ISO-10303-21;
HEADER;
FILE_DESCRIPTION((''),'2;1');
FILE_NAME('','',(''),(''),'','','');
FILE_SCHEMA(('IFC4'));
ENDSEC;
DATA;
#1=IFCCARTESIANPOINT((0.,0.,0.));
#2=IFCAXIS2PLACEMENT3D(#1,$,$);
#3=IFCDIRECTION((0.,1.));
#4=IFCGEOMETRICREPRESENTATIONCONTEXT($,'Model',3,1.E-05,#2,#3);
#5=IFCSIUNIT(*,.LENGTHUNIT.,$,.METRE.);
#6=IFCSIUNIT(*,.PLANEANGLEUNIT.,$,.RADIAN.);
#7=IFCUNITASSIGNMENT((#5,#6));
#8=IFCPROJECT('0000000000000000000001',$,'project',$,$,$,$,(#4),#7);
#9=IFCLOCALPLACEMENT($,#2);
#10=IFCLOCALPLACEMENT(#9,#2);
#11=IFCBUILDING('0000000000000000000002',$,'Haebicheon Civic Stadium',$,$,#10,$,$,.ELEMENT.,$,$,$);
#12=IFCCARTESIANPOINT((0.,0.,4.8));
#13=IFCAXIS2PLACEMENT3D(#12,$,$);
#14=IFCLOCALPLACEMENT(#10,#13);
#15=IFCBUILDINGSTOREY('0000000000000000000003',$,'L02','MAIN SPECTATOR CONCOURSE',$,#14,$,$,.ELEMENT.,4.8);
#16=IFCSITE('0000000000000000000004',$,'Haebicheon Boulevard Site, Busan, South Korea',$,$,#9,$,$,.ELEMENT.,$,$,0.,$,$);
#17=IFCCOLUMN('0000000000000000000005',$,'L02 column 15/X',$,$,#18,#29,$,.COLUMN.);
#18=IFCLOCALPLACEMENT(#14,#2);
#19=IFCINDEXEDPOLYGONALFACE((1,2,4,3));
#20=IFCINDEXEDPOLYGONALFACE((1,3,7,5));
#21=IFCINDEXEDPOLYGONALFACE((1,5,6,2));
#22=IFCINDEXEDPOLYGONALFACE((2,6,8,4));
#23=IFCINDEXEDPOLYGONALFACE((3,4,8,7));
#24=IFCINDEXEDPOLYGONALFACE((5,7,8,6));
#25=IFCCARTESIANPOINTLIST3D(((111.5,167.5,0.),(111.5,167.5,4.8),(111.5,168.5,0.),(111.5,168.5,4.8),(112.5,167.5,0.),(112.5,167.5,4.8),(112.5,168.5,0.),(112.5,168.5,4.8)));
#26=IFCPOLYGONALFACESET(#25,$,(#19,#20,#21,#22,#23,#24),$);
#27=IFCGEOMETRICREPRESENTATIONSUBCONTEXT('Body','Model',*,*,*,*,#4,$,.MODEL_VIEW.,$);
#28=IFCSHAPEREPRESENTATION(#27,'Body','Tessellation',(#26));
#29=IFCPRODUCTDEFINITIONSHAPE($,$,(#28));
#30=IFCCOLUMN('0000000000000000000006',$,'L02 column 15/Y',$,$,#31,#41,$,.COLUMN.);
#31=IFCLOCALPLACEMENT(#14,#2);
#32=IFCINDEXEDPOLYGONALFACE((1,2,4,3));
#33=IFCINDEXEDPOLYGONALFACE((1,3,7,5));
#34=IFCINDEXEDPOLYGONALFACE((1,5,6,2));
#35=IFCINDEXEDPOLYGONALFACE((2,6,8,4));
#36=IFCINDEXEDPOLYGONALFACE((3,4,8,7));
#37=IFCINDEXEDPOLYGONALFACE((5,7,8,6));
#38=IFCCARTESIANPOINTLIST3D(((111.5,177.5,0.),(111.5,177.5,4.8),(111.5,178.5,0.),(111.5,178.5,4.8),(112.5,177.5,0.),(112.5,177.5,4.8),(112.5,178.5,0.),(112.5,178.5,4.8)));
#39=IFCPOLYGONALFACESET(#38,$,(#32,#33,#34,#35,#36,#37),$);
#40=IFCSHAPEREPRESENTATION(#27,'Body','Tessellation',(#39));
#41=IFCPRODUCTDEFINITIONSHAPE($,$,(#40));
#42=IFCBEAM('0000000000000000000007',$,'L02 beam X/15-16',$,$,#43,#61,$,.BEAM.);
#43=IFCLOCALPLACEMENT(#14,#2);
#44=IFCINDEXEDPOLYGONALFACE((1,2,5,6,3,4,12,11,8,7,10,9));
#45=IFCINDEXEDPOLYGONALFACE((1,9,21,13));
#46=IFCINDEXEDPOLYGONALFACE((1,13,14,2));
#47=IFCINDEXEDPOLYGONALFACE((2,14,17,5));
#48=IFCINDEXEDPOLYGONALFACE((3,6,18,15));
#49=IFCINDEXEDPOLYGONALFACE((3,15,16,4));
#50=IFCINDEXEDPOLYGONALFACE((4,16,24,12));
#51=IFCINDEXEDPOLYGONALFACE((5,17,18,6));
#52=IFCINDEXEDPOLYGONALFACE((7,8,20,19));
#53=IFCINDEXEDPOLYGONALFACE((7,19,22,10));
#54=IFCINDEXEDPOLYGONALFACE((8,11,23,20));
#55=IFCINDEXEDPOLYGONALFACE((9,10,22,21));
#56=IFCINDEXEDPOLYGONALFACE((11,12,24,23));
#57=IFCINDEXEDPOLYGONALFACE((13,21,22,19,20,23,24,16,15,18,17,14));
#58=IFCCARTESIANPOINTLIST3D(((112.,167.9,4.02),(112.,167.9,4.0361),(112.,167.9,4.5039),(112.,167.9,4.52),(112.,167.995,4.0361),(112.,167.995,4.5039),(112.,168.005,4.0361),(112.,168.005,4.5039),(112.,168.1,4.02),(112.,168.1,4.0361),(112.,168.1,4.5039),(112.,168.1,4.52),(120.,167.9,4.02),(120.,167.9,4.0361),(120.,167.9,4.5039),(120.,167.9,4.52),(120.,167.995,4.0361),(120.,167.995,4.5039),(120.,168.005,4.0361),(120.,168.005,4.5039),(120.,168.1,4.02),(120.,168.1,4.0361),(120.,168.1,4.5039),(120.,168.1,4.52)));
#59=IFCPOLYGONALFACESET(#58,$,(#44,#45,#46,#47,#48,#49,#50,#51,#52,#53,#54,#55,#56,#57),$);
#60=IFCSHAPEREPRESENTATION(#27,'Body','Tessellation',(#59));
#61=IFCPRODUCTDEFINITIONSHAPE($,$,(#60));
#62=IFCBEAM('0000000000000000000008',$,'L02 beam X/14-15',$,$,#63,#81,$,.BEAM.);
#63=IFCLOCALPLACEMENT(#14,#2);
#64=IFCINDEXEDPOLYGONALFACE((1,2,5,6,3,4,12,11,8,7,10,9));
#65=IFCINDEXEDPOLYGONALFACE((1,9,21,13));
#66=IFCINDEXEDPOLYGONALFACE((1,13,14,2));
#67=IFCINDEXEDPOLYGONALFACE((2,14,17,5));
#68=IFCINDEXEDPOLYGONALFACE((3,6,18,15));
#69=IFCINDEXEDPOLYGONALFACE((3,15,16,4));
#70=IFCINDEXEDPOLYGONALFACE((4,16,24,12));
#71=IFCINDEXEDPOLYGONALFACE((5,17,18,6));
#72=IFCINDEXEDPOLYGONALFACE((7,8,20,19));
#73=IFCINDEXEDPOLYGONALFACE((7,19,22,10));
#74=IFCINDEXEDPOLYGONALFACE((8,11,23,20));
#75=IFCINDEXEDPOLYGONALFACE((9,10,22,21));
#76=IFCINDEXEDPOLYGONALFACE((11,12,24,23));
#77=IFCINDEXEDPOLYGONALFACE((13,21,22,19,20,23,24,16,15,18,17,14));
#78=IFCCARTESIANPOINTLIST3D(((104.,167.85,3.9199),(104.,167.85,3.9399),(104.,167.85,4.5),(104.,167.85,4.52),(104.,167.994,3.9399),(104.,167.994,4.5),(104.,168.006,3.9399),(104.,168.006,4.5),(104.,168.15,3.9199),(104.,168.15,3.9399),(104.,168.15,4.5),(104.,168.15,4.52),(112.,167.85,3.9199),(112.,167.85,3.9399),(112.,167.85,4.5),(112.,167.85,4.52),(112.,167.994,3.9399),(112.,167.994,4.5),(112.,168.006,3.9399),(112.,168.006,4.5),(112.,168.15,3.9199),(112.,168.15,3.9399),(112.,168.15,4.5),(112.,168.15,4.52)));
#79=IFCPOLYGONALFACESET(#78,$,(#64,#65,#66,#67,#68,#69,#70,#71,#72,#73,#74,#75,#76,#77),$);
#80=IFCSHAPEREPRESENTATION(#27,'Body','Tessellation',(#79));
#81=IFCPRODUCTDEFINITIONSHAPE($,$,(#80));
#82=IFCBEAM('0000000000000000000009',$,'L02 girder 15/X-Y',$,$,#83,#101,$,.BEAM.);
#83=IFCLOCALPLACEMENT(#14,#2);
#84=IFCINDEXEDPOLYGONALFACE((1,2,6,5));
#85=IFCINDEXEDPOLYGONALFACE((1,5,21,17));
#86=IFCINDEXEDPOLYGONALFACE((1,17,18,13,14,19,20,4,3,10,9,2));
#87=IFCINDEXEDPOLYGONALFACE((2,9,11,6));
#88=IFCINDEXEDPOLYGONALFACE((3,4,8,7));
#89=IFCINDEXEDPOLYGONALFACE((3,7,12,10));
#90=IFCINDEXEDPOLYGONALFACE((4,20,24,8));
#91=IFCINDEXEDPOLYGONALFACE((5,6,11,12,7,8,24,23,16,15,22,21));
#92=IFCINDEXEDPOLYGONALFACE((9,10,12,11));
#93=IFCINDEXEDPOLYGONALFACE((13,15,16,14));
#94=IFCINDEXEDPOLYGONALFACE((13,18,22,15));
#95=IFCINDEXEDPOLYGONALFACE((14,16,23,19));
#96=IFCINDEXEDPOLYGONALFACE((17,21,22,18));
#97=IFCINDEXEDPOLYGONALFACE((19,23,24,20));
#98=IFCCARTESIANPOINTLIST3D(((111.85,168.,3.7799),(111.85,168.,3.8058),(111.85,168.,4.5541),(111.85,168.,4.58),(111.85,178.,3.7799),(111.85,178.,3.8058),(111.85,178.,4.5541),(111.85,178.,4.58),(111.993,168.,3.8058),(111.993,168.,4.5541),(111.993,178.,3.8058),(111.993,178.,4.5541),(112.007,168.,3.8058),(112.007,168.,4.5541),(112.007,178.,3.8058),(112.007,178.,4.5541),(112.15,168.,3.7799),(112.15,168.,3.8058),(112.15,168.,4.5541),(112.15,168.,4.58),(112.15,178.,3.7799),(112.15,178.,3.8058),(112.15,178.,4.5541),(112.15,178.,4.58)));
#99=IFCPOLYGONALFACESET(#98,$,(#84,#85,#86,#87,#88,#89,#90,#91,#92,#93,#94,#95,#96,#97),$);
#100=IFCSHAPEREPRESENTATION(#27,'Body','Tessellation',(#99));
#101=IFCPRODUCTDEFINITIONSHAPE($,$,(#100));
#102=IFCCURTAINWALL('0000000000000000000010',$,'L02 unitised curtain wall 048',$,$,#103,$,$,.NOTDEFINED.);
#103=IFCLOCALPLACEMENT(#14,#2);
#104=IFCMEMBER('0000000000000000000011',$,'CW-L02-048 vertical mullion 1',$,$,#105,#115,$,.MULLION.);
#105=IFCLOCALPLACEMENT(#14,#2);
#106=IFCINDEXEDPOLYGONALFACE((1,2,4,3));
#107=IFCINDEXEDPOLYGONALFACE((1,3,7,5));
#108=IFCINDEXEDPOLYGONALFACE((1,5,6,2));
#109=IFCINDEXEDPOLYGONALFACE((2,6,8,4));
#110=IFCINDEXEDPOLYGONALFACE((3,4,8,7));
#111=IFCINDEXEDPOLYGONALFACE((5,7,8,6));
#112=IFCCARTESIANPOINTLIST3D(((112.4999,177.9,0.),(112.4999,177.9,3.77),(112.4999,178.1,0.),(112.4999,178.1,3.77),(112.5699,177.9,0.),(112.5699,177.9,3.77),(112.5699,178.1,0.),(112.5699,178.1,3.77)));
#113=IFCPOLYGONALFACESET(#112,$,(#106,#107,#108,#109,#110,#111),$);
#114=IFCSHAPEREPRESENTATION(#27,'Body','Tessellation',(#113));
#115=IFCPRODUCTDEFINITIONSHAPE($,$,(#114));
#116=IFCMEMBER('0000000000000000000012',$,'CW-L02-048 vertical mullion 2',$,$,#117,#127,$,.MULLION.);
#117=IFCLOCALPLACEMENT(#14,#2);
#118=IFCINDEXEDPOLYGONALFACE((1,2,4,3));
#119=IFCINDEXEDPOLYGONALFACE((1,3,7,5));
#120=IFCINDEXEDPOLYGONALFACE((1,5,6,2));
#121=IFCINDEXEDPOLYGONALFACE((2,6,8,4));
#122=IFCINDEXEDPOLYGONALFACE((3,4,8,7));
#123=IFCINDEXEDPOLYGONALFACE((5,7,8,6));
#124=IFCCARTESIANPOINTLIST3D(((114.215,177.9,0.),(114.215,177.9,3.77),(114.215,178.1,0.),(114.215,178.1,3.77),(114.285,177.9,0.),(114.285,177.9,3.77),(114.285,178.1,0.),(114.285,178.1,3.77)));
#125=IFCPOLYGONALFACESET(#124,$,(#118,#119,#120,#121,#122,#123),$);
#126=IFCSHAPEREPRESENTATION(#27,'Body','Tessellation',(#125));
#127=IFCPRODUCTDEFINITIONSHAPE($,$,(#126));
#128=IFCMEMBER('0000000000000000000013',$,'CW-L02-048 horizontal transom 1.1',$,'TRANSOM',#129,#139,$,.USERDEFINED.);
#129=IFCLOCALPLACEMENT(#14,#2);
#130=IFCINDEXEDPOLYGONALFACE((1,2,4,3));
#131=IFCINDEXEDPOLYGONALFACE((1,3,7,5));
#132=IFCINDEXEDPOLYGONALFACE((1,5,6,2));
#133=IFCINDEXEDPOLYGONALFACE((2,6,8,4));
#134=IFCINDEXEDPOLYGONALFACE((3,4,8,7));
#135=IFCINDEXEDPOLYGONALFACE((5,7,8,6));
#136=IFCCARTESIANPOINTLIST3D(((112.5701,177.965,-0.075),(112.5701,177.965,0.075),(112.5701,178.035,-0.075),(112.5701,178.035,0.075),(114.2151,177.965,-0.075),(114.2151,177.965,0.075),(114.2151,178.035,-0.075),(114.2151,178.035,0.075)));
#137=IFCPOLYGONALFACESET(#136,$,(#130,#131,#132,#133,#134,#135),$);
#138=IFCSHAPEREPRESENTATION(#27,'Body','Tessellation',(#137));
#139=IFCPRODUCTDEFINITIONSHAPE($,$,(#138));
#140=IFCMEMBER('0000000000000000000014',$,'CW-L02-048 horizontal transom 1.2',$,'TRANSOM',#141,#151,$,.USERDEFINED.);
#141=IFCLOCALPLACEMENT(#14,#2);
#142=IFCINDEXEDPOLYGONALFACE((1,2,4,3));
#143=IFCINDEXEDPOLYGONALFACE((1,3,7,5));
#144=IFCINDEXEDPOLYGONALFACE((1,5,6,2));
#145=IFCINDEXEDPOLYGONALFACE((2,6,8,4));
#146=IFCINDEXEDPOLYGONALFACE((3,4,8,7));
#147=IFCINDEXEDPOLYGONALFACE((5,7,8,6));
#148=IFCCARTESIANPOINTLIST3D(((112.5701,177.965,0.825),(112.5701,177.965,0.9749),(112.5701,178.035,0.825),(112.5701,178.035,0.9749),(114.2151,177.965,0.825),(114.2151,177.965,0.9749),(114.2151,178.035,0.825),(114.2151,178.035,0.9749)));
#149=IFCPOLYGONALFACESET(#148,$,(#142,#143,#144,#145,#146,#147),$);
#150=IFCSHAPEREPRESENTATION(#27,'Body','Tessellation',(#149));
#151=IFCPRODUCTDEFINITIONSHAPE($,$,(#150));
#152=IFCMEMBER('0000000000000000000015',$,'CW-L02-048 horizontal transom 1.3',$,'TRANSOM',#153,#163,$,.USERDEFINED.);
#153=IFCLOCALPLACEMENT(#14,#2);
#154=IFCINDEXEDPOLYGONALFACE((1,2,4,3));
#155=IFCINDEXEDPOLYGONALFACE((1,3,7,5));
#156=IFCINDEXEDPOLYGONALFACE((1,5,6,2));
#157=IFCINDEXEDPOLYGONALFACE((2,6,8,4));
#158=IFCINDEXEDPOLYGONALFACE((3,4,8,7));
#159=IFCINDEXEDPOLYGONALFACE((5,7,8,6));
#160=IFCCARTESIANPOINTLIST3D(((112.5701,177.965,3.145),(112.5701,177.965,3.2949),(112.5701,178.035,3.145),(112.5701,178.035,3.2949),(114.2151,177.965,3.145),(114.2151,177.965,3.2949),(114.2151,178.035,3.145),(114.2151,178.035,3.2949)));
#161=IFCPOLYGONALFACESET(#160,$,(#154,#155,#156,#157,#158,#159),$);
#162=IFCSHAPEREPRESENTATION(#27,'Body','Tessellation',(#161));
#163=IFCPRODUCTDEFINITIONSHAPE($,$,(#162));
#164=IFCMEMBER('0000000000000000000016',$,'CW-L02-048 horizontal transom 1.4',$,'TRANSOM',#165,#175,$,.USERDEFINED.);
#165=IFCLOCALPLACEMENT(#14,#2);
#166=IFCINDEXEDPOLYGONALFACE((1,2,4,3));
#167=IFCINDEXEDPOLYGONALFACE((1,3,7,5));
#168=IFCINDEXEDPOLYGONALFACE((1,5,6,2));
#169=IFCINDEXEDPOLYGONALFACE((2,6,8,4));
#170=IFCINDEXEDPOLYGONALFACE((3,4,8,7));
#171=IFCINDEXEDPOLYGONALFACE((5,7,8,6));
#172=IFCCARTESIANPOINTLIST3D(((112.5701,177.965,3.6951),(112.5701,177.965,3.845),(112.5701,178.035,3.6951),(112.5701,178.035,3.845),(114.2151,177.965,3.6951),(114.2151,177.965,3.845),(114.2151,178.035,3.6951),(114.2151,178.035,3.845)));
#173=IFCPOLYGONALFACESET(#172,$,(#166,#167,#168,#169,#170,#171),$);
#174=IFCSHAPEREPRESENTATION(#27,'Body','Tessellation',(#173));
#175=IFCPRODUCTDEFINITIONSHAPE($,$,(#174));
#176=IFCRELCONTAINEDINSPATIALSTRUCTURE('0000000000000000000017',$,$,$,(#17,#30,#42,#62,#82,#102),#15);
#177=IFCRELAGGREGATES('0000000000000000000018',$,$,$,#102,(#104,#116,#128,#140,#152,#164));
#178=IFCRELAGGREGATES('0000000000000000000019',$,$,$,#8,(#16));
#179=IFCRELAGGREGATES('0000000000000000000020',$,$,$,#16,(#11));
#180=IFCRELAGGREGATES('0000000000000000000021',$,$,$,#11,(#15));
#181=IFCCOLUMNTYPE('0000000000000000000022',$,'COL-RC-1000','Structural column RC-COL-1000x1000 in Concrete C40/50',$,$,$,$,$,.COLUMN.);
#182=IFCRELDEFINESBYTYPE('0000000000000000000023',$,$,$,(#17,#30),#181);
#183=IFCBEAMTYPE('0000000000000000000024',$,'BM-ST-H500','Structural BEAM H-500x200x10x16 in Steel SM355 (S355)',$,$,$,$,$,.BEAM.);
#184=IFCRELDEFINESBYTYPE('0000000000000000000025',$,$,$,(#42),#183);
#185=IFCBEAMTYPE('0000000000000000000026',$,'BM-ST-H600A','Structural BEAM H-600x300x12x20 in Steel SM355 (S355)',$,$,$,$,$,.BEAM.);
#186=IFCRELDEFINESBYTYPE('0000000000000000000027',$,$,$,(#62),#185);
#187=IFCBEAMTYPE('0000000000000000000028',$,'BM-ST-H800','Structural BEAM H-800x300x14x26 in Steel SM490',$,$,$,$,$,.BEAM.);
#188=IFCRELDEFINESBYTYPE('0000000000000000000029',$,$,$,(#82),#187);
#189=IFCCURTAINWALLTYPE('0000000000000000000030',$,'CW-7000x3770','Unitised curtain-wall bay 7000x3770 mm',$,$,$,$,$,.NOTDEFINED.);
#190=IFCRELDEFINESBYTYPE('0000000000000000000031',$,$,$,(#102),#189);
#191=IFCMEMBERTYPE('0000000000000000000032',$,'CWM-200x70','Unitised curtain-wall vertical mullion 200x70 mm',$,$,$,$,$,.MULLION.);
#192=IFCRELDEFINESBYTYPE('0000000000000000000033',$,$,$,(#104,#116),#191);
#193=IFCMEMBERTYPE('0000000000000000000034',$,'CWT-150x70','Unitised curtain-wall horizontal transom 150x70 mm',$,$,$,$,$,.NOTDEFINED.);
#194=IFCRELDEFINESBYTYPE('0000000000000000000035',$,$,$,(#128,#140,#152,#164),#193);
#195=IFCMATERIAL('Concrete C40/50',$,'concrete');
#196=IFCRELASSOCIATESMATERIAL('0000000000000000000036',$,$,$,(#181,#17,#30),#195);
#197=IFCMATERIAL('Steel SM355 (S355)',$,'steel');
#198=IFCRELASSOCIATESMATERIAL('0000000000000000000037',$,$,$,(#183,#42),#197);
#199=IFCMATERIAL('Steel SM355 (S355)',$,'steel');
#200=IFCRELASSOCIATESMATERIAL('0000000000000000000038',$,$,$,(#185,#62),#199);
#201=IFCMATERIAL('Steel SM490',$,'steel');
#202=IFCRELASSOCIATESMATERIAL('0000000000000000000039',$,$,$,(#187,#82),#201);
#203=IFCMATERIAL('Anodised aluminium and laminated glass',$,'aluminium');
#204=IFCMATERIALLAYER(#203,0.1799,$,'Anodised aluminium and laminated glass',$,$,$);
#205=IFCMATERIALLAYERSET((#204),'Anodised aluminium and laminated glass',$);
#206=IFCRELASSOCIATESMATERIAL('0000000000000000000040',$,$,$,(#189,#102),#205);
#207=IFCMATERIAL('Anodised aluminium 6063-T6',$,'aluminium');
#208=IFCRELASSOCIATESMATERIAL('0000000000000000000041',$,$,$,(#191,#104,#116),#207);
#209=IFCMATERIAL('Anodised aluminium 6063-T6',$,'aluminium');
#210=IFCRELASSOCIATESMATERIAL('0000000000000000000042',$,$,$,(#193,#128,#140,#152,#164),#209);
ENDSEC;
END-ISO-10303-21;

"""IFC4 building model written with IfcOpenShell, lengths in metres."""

from ifc_helpers import new_model, si_unit, direction, frame, origin, origin_2d, place, context, subcontext, project, spatial, rectangle, i_section, extrude, material, layer, layer_set, material_profile, profile_set, type_object, element, aggregate, save


model = new_model("IFC4")

# Units and contexts
model_context = context("Model", 3, precision=1e-05, world=origin(), true_north=direction((0.0, 1.0)))
body_context = subcontext(model_context, "Body", "Model", "MODEL_VIEW")
ifc_project = project(units=[si_unit("LENGTHUNIT", "METRE"), si_unit("PLANEANGLEUNIT", "RADIAN")], contexts=[model_context])

# Site, building, storey
site_placement = place(None, origin())
site = spatial("IfcSite", under=ifc_project, at=site_placement, Name="Haebicheon Boulevard Site, Busan, South Korea", CompositionType="ELEMENT", RefElevation=0.0)
building_placement = place(site_placement, origin())
building = spatial("IfcBuilding", under=site, at=building_placement, Name="Haebicheon Civic Stadium", CompositionType="ELEMENT")
storey_placement = place(building_placement, frame((0.0, 0.0, 4.8)))
storey = spatial("IfcBuildingStorey", under=building, at=storey_placement, Name="L02", Description="MAIN SPECTATOR CONCOURSE", CompositionType="ELEMENT", Elevation=4.8)

# Columns
ifc_material_1 = material(Name="Concrete C40/50", Category="concrete")
ifc_material_profile_1 = material_profile(ifc_material_1, rectangle(XDim=1.0, YDim=1.0, at=origin_2d()), Name="RC-COL-1000x1000")
ifc_profile_set_1 = profile_set([ifc_material_profile_1], Name="Concrete C40/50")
column_type = type_object("IfcColumnType", Name="COL-RC-1000", Description="Structural column RC-COL-1000x1000 in Concrete C40/50", PredefinedType="COLUMN", material=ifc_profile_set_1)
for number, where, z_axis, x_axis, name in (
    (1, (112.0, 168.0, 0.0), (0.0, 0.0, 1.0), (1.0, 0.0, 0.0), "L02 column 15/X"),
    (2, (112.0, 178.0, 0.0), (0.0, 0.0, 1.0), (1.0, 0.0, 0.0), "L02 column 15/Y"),
):
    element("IfcColumn", number, at=place(storey_placement, frame(where, z_axis=z_axis, x_axis=x_axis)), inside=storey, type_object=column_type, material=ifc_profile_set_1, Name=name, PredefinedType="COLUMN", context=body_context, shape_type="SweptSolid", body=[
        extrude(rectangle(XDim=1.0, YDim=1.0, at=origin_2d()), origin(), (0.0, 0.0, 1.0), 4.8),
    ])

# Beams
ifc_material_2 = material(Name="Steel SM355 (S355)", Category="steel")
ifc_material_profile_2 = material_profile(ifc_material_2, i_section(OverallWidth=0.2, OverallDepth=0.5, WebThickness=0.01, FlangeThickness=0.0161, at=origin_2d()), Name="H-500x200x10x16")
ifc_profile_set_2 = profile_set([ifc_material_profile_2], Name="Steel SM355 (S355)")
beam_type_1 = type_object("IfcBeamType", Name="BM-ST-H500", Description="Structural BEAM H-500x200x10x16 in Steel SM355 (S355)", PredefinedType="BEAM", material=ifc_profile_set_2)
beam_1_placement = place(storey_placement, frame((112.0, 168.0, 4.27), z_axis=(1.0, 0.0, 0.0), x_axis=(0.0, 1.0, 0.0)))
element("IfcBeam", 3, at=beam_1_placement, inside=storey, type_object=beam_type_1, material=ifc_profile_set_2, Name="L02 beam X/15-16", PredefinedType="BEAM", context=body_context, shape_type="SweptSolid", body=[
    extrude(i_section(OverallWidth=0.2, OverallDepth=0.5, WebThickness=0.01, FlangeThickness=0.0161, at=origin_2d()), origin(), (0.0, 0.0, 1.0), 8.0),
])
ifc_material_3 = material(Name="Steel SM355 (S355)", Category="steel")
ifc_material_profile_3 = material_profile(ifc_material_3, i_section(OverallWidth=0.3, OverallDepth=0.6001, WebThickness=0.012, FlangeThickness=0.02, at=origin_2d()), Name="H-600x300x12x20")
ifc_profile_set_3 = profile_set([ifc_material_profile_3], Name="Steel SM355 (S355)")
beam_type_2 = type_object("IfcBeamType", Name="BM-ST-H600A", Description="Structural BEAM H-600x300x12x20 in Steel SM355 (S355)", PredefinedType="BEAM", material=ifc_profile_set_3)
beam_2_placement = place(storey_placement, frame((104.0, 168.0, 4.22), z_axis=(1.0, 0.0, 0.0), x_axis=(0.0, 1.0, 0.0)))
element("IfcBeam", 4, at=beam_2_placement, inside=storey, type_object=beam_type_2, material=ifc_profile_set_3, Name="L02 beam X/14-15", PredefinedType="BEAM", context=body_context, shape_type="SweptSolid", body=[
    extrude(i_section(OverallWidth=0.3, OverallDepth=0.6001, WebThickness=0.012, FlangeThickness=0.02, at=origin_2d()), origin(), (0.0, 0.0, 1.0), 8.0),
])
ifc_material_4 = material(Name="Steel SM490", Category="steel")
ifc_material_profile_4 = material_profile(ifc_material_4, i_section(OverallWidth=0.3, OverallDepth=0.8, WebThickness=0.0139, FlangeThickness=0.0259, at=origin_2d()), Name="H-800x300x14x26")
ifc_profile_set_4 = profile_set([ifc_material_profile_4], Name="Steel SM490")
beam_type_3 = type_object("IfcBeamType", Name="BM-ST-H800", Description="Structural BEAM H-800x300x14x26 in Steel SM490", PredefinedType="BEAM", material=ifc_profile_set_4)
beam_3_placement = place(storey_placement, frame((112.0, 168.0, 4.1799), z_axis=(0.0, 1.0, 0.0), x_axis=(-1.0, 0.0, 0.0)))
element("IfcBeam", 5, at=beam_3_placement, inside=storey, type_object=beam_type_3, material=ifc_profile_set_4, Name="L02 girder 15/X-Y", PredefinedType="BEAM", context=body_context, shape_type="SweptSolid", body=[
    extrude(i_section(OverallWidth=0.3, OverallDepth=0.8, WebThickness=0.0139, FlangeThickness=0.0259, at=origin_2d()), origin(), (0.0, 0.0, 1.0), 10.0),
])

# Curtain wall, members
ifc_material_5 = material(Name="Anodised aluminium and laminated glass", Category="aluminium")
ifc_layer_1 = layer(ifc_material_5, 0.1799, Name="Anodised aluminium and laminated glass")
ifc_layer_set_1 = layer_set([ifc_layer_1], Name="Anodised aluminium and laminated glass")
curtain_wall_type = type_object("IfcCurtainWallType", Name="CW-7000x3770", Description="Unitised curtain-wall bay 7000x3770 mm", PredefinedType="NOTDEFINED", material=ifc_layer_set_1)
curtain_wall_placement = place(storey_placement, origin())
curtain_wall = element("IfcCurtainWall", 6, at=curtain_wall_placement, inside=storey, type_object=curtain_wall_type, material=ifc_layer_set_1, Name="L02 unitised curtain wall 048", PredefinedType="NOTDEFINED")
ifc_material_6 = material(Name="Anodised aluminium 6063-T6", Category="aluminium")
ifc_material_profile_5 = material_profile(ifc_material_6, rectangle(XDim=0.0701, YDim=0.2, at=origin_2d()), Name="ALU-MULL-70x200")
ifc_profile_set_5 = profile_set([ifc_material_profile_5], Name="Anodised aluminium 6063-T6")
member_type_1 = type_object("IfcMemberType", Name="CWM-200x70", Description="Unitised curtain-wall vertical mullion 200x70 mm", PredefinedType="MULLION", material=ifc_profile_set_5)
member_1_placement = place(storey_placement, frame((112.5349, 178.0, 0.0), z_axis=(0.0, 0.0, 1.0), x_axis=(1.0, 0.0, 0.0)))
member_1 = element("IfcMember", 7, at=member_1_placement, type_object=member_type_1, material=ifc_profile_set_5, Name="CW-L02-048 vertical mullion 1", PredefinedType="MULLION", context=body_context, shape_type="SweptSolid", body=[
    extrude(rectangle(XDim=0.0701, YDim=0.2, at=origin_2d()), origin(), (0.0, 0.0, 1.0), 3.77),
])
member_2_placement = place(storey_placement, frame((114.25, 178.0, 0.0), z_axis=(0.0, 0.0, 1.0), x_axis=(1.0, 0.0, 0.0)))
member_2 = element("IfcMember", 8, at=member_2_placement, type_object=member_type_1, material=ifc_profile_set_5, Name="CW-L02-048 vertical mullion 2", PredefinedType="MULLION", context=body_context, shape_type="SweptSolid", body=[
    extrude(rectangle(XDim=0.0701, YDim=0.2, at=origin_2d()), origin(), (0.0, 0.0, 1.0), 3.77),
])
ifc_material_7 = material(Name="Anodised aluminium 6063-T6", Category="aluminium")
ifc_material_profile_6 = material_profile(ifc_material_7, rectangle(XDim=0.0701, YDim=0.1499, at=origin_2d()), Name="ALU-TRAN-70x150")
ifc_profile_set_6 = profile_set([ifc_material_profile_6], Name="Anodised aluminium 6063-T6")
member_type_2 = type_object("IfcMemberType", Name="CWT-150x70", Description="Unitised curtain-wall horizontal transom 150x70 mm", PredefinedType="NOTDEFINED", material=ifc_profile_set_6)
member_3_placement = place(storey_placement, frame((112.5701, 178.0, 0.0), z_axis=(1.0, 0.0, 0.0), x_axis=(0.0, 1.0, 0.0)))
member_3 = element("IfcMember", 9, at=member_3_placement, type_object=member_type_2, material=ifc_profile_set_6, Name="CW-L02-048 horizontal transom 1.1", ObjectType="TRANSOM", PredefinedType="USERDEFINED", context=body_context, shape_type="SweptSolid", body=[
    extrude(rectangle(XDim=0.0701, YDim=0.1499, at=origin_2d()), origin(), (0.0, 0.0, 1.0), 1.645),
])
member_4_placement = place(storey_placement, frame((112.5701, 178.0, 0.8999), z_axis=(1.0, 0.0, 0.0), x_axis=(0.0, 1.0, 0.0)))
member_4 = element("IfcMember", 10, at=member_4_placement, type_object=member_type_2, material=ifc_profile_set_6, Name="CW-L02-048 horizontal transom 1.2", ObjectType="TRANSOM", PredefinedType="USERDEFINED", context=body_context, shape_type="SweptSolid", body=[
    extrude(rectangle(XDim=0.0701, YDim=0.1499, at=origin_2d()), origin(), (0.0, 0.0, 1.0), 1.645),
])
member_5_placement = place(storey_placement, frame((112.5701, 178.0, 3.22), z_axis=(1.0, 0.0, 0.0), x_axis=(0.0, 1.0, 0.0)))
member_5 = element("IfcMember", 11, at=member_5_placement, type_object=member_type_2, material=ifc_profile_set_6, Name="CW-L02-048 horizontal transom 1.3", ObjectType="TRANSOM", PredefinedType="USERDEFINED", context=body_context, shape_type="SweptSolid", body=[
    extrude(rectangle(XDim=0.0701, YDim=0.1499, at=origin_2d()), origin(), (0.0, 0.0, 1.0), 1.645),
])
member_6_placement = place(storey_placement, frame((112.5701, 178.0, 3.77), z_axis=(1.0, 0.0, 0.0), x_axis=(0.0, 1.0, 0.0)))
member_6 = element("IfcMember", 12, at=member_6_placement, type_object=member_type_2, material=ifc_profile_set_6, Name="CW-L02-048 horizontal transom 1.4", ObjectType="TRANSOM", PredefinedType="USERDEFINED", context=body_context, shape_type="SweptSolid", body=[
    extrude(rectangle(XDim=0.0701, YDim=0.1499, at=origin_2d()), origin(), (0.0, 0.0, 1.0), 1.645),
])

aggregate(curtain_wall, [member_1, member_2, member_3, member_4, member_5, member_6])

save(model, "model.ifc")
